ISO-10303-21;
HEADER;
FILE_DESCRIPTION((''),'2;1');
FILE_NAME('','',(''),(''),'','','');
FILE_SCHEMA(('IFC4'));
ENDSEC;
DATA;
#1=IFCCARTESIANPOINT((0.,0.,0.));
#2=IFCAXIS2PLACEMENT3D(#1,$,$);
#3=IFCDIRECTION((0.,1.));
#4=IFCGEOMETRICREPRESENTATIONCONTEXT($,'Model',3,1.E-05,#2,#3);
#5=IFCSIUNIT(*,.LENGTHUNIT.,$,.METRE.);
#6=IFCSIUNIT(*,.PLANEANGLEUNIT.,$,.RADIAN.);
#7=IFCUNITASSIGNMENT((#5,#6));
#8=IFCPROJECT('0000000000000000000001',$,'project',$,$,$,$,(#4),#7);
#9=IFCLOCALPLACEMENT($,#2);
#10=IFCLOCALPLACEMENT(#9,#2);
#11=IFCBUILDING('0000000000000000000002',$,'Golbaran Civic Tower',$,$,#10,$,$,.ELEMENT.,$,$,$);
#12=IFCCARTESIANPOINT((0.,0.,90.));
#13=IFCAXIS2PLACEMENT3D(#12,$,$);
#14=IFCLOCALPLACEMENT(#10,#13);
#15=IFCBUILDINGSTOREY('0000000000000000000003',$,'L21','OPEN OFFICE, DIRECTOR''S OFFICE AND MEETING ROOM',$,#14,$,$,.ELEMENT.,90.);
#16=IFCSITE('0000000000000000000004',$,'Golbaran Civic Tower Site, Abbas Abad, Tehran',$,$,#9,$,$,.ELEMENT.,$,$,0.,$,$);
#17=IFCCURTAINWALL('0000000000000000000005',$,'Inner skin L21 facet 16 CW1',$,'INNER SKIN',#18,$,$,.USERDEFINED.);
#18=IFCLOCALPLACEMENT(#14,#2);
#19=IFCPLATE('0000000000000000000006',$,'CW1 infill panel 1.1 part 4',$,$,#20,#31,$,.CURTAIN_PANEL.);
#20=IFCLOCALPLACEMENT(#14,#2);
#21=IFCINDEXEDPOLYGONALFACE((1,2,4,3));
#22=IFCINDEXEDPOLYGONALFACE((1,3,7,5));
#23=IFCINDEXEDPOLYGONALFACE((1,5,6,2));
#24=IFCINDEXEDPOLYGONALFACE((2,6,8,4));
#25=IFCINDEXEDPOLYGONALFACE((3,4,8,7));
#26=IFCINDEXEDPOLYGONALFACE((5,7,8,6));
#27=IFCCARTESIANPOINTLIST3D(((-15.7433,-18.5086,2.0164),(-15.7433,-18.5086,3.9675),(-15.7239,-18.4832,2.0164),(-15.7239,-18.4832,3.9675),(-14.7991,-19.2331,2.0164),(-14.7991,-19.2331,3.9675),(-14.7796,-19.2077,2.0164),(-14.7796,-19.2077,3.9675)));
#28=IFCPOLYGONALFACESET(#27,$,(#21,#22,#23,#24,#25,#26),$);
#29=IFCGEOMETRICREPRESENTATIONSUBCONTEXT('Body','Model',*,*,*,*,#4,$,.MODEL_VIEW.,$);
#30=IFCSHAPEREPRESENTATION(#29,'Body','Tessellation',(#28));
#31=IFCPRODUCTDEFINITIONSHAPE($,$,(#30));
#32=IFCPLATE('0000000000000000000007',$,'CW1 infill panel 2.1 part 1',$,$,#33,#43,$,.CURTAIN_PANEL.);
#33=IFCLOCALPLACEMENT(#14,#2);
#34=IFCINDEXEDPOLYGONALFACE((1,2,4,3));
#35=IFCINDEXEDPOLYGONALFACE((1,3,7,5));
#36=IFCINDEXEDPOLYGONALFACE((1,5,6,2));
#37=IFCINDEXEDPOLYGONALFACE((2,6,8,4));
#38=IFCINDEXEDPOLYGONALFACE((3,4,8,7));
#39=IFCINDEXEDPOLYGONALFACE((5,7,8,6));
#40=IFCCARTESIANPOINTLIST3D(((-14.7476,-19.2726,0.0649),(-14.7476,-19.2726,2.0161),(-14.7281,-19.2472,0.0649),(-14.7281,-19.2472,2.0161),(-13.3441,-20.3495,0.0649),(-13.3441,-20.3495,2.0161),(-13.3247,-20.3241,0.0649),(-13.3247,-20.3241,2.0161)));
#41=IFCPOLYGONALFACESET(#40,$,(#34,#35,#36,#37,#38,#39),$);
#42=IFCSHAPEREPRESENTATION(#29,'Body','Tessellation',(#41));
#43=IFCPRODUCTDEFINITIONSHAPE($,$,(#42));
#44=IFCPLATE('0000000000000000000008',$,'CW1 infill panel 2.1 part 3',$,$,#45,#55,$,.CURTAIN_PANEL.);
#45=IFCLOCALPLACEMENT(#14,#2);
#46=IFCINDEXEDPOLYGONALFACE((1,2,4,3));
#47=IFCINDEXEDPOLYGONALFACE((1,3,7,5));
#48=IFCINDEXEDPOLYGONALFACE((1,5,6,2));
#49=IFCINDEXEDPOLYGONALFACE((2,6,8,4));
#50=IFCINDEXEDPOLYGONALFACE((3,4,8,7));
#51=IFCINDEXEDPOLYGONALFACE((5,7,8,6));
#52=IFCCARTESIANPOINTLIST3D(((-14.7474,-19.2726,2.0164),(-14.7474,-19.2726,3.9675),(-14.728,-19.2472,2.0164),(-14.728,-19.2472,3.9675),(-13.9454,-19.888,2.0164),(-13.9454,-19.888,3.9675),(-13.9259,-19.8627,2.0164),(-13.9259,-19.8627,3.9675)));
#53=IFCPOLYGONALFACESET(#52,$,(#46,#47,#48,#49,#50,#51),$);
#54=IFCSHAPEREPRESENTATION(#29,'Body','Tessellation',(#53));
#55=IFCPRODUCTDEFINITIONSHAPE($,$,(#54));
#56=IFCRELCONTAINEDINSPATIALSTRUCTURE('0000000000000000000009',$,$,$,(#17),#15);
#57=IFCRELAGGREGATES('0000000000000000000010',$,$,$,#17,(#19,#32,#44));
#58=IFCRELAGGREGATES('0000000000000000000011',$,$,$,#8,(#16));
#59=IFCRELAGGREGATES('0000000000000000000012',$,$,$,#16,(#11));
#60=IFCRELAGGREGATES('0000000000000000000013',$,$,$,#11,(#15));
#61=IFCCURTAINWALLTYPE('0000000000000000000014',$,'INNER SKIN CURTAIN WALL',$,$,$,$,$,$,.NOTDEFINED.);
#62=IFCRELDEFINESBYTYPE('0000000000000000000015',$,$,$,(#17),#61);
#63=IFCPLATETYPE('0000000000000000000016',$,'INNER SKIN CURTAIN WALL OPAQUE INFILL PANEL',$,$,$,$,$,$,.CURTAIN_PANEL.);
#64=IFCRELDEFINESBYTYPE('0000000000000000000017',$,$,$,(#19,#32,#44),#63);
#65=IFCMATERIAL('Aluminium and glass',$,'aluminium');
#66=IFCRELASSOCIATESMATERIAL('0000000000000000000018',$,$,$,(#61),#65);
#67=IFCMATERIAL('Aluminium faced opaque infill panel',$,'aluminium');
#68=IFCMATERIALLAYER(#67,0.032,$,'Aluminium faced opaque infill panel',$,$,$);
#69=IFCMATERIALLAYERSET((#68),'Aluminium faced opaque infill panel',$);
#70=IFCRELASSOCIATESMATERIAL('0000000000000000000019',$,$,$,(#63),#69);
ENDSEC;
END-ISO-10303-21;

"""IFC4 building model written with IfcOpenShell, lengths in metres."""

from ifc_helpers import new_model, si_unit, direction, frame, origin, origin_2d, place, context, subcontext, project, spatial, rectangle, extrude, material, layer, layer_set, type_object, element, aggregate, save


model = new_model("IFC4")

# Units and contexts
model_context = context("Model", 3, precision=1e-05, world=origin(), true_north=direction((0.0, 1.0)))
body_context = subcontext(model_context, "Body", "Model", "MODEL_VIEW")
ifc_project = project(units=[si_unit("LENGTHUNIT", "METRE"), si_unit("PLANEANGLEUNIT", "RADIAN")], contexts=[model_context])

# Site, building, storey
site_placement = place(None, origin())
site = spatial("IfcSite", under=ifc_project, at=site_placement, Name="Golbaran Civic Tower Site, Abbas Abad, Tehran", CompositionType="ELEMENT", RefElevation=0.0)
building_placement = place(site_placement, origin())
building = spatial("IfcBuilding", under=site, at=building_placement, Name="Golbaran Civic Tower", CompositionType="ELEMENT")
storey_placement = place(building_placement, frame((0.0, 0.0, 90.0)))
storey = spatial("IfcBuildingStorey", under=building, at=storey_placement, Name="L21", Description="OPEN OFFICE, DIRECTOR'S OFFICE AND MEETING ROOM", CompositionType="ELEMENT", Elevation=90.0)

# Shared definitions
ifc_material_1 = material(Name="Aluminium and glass", Category="aluminium")
curtain_wall_type = type_object("IfcCurtainWallType", Name="INNER SKIN CURTAIN WALL", PredefinedType="NOTDEFINED", material=ifc_material_1)

# Curtain wall
curtain_wall_1_placement = place(storey_placement, origin())
curtain_wall_1 = element("IfcCurtainWall", 1, at=curtain_wall_1_placement, inside=storey, type_object=curtain_wall_type, Name="Inner skin L21 facet 16 CW1", ObjectType="INNER SKIN", PredefinedType="USERDEFINED")

# Plates
ifc_material_2 = material(Name="Aluminium faced opaque infill panel", Category="aluminium")
ifc_layer_1 = layer(ifc_material_2, 0.032, Name="Aluminium faced opaque infill panel")
ifc_layer_set_1 = layer_set([ifc_layer_1], Name="Aluminium faced opaque infill panel")
plate_type_1 = type_object("IfcPlateType", Name="INNER SKIN CURTAIN WALL OPAQUE INFILL PANEL", PredefinedType="CURTAIN_PANEL", material=ifc_layer_set_1)
plate_1_placement = place(storey_placement, frame((-15.2615, -18.8582, 2.0164), z_axis=(0.0, 0.0, 1.0), x_axis=(0.793353, -0.608761, 0.0)))
plate_1 = element("IfcPlate", 2, at=plate_1_placement, type_object=plate_type_1, Name="CW1 infill panel 1.1 part 4", PredefinedType="CURTAIN_PANEL", context=body_context, shape_type="SweptSolid", body=[
    extrude(rectangle(XDim=1.1902, YDim=0.032, at=origin_2d()), origin(), (0.0, 0.0, 1.0), 1.9512),
])
plate_2_placement = place(storey_placement, frame((-14.0361, -19.7983, 0.0649), z_axis=(0.0, 0.0, 1.0), x_axis=(0.793353, -0.608761, 0.0)))
plate_2 = element("IfcPlate", 3, at=plate_2_placement, type_object=plate_type_1, Name="CW1 infill panel 2.1 part 1", PredefinedType="CURTAIN_PANEL", context=body_context, shape_type="SweptSolid", body=[
    extrude(rectangle(XDim=1.769, YDim=0.032, at=origin_2d()), origin(), (0.0, 0.0, 1.0), 1.9512),
])
plate_3_placement = place(storey_placement, frame((-14.3367, -19.5676, 2.0164), z_axis=(0.0, 0.0, 1.0), x_axis=(0.793353, -0.608761, 0.0)))
plate_3 = element("IfcPlate", 4, at=plate_3_placement, type_object=plate_type_1, Name="CW1 infill panel 2.1 part 3", PredefinedType="CURTAIN_PANEL", context=body_context, shape_type="SweptSolid", body=[
    extrude(rectangle(XDim=1.011, YDim=0.032, at=origin_2d()), origin(), (0.0, 0.0, 1.0), 1.9512),
])
aggregate(curtain_wall_1, [plate_1, plate_2, plate_3])

save(model, "model.ifc")
